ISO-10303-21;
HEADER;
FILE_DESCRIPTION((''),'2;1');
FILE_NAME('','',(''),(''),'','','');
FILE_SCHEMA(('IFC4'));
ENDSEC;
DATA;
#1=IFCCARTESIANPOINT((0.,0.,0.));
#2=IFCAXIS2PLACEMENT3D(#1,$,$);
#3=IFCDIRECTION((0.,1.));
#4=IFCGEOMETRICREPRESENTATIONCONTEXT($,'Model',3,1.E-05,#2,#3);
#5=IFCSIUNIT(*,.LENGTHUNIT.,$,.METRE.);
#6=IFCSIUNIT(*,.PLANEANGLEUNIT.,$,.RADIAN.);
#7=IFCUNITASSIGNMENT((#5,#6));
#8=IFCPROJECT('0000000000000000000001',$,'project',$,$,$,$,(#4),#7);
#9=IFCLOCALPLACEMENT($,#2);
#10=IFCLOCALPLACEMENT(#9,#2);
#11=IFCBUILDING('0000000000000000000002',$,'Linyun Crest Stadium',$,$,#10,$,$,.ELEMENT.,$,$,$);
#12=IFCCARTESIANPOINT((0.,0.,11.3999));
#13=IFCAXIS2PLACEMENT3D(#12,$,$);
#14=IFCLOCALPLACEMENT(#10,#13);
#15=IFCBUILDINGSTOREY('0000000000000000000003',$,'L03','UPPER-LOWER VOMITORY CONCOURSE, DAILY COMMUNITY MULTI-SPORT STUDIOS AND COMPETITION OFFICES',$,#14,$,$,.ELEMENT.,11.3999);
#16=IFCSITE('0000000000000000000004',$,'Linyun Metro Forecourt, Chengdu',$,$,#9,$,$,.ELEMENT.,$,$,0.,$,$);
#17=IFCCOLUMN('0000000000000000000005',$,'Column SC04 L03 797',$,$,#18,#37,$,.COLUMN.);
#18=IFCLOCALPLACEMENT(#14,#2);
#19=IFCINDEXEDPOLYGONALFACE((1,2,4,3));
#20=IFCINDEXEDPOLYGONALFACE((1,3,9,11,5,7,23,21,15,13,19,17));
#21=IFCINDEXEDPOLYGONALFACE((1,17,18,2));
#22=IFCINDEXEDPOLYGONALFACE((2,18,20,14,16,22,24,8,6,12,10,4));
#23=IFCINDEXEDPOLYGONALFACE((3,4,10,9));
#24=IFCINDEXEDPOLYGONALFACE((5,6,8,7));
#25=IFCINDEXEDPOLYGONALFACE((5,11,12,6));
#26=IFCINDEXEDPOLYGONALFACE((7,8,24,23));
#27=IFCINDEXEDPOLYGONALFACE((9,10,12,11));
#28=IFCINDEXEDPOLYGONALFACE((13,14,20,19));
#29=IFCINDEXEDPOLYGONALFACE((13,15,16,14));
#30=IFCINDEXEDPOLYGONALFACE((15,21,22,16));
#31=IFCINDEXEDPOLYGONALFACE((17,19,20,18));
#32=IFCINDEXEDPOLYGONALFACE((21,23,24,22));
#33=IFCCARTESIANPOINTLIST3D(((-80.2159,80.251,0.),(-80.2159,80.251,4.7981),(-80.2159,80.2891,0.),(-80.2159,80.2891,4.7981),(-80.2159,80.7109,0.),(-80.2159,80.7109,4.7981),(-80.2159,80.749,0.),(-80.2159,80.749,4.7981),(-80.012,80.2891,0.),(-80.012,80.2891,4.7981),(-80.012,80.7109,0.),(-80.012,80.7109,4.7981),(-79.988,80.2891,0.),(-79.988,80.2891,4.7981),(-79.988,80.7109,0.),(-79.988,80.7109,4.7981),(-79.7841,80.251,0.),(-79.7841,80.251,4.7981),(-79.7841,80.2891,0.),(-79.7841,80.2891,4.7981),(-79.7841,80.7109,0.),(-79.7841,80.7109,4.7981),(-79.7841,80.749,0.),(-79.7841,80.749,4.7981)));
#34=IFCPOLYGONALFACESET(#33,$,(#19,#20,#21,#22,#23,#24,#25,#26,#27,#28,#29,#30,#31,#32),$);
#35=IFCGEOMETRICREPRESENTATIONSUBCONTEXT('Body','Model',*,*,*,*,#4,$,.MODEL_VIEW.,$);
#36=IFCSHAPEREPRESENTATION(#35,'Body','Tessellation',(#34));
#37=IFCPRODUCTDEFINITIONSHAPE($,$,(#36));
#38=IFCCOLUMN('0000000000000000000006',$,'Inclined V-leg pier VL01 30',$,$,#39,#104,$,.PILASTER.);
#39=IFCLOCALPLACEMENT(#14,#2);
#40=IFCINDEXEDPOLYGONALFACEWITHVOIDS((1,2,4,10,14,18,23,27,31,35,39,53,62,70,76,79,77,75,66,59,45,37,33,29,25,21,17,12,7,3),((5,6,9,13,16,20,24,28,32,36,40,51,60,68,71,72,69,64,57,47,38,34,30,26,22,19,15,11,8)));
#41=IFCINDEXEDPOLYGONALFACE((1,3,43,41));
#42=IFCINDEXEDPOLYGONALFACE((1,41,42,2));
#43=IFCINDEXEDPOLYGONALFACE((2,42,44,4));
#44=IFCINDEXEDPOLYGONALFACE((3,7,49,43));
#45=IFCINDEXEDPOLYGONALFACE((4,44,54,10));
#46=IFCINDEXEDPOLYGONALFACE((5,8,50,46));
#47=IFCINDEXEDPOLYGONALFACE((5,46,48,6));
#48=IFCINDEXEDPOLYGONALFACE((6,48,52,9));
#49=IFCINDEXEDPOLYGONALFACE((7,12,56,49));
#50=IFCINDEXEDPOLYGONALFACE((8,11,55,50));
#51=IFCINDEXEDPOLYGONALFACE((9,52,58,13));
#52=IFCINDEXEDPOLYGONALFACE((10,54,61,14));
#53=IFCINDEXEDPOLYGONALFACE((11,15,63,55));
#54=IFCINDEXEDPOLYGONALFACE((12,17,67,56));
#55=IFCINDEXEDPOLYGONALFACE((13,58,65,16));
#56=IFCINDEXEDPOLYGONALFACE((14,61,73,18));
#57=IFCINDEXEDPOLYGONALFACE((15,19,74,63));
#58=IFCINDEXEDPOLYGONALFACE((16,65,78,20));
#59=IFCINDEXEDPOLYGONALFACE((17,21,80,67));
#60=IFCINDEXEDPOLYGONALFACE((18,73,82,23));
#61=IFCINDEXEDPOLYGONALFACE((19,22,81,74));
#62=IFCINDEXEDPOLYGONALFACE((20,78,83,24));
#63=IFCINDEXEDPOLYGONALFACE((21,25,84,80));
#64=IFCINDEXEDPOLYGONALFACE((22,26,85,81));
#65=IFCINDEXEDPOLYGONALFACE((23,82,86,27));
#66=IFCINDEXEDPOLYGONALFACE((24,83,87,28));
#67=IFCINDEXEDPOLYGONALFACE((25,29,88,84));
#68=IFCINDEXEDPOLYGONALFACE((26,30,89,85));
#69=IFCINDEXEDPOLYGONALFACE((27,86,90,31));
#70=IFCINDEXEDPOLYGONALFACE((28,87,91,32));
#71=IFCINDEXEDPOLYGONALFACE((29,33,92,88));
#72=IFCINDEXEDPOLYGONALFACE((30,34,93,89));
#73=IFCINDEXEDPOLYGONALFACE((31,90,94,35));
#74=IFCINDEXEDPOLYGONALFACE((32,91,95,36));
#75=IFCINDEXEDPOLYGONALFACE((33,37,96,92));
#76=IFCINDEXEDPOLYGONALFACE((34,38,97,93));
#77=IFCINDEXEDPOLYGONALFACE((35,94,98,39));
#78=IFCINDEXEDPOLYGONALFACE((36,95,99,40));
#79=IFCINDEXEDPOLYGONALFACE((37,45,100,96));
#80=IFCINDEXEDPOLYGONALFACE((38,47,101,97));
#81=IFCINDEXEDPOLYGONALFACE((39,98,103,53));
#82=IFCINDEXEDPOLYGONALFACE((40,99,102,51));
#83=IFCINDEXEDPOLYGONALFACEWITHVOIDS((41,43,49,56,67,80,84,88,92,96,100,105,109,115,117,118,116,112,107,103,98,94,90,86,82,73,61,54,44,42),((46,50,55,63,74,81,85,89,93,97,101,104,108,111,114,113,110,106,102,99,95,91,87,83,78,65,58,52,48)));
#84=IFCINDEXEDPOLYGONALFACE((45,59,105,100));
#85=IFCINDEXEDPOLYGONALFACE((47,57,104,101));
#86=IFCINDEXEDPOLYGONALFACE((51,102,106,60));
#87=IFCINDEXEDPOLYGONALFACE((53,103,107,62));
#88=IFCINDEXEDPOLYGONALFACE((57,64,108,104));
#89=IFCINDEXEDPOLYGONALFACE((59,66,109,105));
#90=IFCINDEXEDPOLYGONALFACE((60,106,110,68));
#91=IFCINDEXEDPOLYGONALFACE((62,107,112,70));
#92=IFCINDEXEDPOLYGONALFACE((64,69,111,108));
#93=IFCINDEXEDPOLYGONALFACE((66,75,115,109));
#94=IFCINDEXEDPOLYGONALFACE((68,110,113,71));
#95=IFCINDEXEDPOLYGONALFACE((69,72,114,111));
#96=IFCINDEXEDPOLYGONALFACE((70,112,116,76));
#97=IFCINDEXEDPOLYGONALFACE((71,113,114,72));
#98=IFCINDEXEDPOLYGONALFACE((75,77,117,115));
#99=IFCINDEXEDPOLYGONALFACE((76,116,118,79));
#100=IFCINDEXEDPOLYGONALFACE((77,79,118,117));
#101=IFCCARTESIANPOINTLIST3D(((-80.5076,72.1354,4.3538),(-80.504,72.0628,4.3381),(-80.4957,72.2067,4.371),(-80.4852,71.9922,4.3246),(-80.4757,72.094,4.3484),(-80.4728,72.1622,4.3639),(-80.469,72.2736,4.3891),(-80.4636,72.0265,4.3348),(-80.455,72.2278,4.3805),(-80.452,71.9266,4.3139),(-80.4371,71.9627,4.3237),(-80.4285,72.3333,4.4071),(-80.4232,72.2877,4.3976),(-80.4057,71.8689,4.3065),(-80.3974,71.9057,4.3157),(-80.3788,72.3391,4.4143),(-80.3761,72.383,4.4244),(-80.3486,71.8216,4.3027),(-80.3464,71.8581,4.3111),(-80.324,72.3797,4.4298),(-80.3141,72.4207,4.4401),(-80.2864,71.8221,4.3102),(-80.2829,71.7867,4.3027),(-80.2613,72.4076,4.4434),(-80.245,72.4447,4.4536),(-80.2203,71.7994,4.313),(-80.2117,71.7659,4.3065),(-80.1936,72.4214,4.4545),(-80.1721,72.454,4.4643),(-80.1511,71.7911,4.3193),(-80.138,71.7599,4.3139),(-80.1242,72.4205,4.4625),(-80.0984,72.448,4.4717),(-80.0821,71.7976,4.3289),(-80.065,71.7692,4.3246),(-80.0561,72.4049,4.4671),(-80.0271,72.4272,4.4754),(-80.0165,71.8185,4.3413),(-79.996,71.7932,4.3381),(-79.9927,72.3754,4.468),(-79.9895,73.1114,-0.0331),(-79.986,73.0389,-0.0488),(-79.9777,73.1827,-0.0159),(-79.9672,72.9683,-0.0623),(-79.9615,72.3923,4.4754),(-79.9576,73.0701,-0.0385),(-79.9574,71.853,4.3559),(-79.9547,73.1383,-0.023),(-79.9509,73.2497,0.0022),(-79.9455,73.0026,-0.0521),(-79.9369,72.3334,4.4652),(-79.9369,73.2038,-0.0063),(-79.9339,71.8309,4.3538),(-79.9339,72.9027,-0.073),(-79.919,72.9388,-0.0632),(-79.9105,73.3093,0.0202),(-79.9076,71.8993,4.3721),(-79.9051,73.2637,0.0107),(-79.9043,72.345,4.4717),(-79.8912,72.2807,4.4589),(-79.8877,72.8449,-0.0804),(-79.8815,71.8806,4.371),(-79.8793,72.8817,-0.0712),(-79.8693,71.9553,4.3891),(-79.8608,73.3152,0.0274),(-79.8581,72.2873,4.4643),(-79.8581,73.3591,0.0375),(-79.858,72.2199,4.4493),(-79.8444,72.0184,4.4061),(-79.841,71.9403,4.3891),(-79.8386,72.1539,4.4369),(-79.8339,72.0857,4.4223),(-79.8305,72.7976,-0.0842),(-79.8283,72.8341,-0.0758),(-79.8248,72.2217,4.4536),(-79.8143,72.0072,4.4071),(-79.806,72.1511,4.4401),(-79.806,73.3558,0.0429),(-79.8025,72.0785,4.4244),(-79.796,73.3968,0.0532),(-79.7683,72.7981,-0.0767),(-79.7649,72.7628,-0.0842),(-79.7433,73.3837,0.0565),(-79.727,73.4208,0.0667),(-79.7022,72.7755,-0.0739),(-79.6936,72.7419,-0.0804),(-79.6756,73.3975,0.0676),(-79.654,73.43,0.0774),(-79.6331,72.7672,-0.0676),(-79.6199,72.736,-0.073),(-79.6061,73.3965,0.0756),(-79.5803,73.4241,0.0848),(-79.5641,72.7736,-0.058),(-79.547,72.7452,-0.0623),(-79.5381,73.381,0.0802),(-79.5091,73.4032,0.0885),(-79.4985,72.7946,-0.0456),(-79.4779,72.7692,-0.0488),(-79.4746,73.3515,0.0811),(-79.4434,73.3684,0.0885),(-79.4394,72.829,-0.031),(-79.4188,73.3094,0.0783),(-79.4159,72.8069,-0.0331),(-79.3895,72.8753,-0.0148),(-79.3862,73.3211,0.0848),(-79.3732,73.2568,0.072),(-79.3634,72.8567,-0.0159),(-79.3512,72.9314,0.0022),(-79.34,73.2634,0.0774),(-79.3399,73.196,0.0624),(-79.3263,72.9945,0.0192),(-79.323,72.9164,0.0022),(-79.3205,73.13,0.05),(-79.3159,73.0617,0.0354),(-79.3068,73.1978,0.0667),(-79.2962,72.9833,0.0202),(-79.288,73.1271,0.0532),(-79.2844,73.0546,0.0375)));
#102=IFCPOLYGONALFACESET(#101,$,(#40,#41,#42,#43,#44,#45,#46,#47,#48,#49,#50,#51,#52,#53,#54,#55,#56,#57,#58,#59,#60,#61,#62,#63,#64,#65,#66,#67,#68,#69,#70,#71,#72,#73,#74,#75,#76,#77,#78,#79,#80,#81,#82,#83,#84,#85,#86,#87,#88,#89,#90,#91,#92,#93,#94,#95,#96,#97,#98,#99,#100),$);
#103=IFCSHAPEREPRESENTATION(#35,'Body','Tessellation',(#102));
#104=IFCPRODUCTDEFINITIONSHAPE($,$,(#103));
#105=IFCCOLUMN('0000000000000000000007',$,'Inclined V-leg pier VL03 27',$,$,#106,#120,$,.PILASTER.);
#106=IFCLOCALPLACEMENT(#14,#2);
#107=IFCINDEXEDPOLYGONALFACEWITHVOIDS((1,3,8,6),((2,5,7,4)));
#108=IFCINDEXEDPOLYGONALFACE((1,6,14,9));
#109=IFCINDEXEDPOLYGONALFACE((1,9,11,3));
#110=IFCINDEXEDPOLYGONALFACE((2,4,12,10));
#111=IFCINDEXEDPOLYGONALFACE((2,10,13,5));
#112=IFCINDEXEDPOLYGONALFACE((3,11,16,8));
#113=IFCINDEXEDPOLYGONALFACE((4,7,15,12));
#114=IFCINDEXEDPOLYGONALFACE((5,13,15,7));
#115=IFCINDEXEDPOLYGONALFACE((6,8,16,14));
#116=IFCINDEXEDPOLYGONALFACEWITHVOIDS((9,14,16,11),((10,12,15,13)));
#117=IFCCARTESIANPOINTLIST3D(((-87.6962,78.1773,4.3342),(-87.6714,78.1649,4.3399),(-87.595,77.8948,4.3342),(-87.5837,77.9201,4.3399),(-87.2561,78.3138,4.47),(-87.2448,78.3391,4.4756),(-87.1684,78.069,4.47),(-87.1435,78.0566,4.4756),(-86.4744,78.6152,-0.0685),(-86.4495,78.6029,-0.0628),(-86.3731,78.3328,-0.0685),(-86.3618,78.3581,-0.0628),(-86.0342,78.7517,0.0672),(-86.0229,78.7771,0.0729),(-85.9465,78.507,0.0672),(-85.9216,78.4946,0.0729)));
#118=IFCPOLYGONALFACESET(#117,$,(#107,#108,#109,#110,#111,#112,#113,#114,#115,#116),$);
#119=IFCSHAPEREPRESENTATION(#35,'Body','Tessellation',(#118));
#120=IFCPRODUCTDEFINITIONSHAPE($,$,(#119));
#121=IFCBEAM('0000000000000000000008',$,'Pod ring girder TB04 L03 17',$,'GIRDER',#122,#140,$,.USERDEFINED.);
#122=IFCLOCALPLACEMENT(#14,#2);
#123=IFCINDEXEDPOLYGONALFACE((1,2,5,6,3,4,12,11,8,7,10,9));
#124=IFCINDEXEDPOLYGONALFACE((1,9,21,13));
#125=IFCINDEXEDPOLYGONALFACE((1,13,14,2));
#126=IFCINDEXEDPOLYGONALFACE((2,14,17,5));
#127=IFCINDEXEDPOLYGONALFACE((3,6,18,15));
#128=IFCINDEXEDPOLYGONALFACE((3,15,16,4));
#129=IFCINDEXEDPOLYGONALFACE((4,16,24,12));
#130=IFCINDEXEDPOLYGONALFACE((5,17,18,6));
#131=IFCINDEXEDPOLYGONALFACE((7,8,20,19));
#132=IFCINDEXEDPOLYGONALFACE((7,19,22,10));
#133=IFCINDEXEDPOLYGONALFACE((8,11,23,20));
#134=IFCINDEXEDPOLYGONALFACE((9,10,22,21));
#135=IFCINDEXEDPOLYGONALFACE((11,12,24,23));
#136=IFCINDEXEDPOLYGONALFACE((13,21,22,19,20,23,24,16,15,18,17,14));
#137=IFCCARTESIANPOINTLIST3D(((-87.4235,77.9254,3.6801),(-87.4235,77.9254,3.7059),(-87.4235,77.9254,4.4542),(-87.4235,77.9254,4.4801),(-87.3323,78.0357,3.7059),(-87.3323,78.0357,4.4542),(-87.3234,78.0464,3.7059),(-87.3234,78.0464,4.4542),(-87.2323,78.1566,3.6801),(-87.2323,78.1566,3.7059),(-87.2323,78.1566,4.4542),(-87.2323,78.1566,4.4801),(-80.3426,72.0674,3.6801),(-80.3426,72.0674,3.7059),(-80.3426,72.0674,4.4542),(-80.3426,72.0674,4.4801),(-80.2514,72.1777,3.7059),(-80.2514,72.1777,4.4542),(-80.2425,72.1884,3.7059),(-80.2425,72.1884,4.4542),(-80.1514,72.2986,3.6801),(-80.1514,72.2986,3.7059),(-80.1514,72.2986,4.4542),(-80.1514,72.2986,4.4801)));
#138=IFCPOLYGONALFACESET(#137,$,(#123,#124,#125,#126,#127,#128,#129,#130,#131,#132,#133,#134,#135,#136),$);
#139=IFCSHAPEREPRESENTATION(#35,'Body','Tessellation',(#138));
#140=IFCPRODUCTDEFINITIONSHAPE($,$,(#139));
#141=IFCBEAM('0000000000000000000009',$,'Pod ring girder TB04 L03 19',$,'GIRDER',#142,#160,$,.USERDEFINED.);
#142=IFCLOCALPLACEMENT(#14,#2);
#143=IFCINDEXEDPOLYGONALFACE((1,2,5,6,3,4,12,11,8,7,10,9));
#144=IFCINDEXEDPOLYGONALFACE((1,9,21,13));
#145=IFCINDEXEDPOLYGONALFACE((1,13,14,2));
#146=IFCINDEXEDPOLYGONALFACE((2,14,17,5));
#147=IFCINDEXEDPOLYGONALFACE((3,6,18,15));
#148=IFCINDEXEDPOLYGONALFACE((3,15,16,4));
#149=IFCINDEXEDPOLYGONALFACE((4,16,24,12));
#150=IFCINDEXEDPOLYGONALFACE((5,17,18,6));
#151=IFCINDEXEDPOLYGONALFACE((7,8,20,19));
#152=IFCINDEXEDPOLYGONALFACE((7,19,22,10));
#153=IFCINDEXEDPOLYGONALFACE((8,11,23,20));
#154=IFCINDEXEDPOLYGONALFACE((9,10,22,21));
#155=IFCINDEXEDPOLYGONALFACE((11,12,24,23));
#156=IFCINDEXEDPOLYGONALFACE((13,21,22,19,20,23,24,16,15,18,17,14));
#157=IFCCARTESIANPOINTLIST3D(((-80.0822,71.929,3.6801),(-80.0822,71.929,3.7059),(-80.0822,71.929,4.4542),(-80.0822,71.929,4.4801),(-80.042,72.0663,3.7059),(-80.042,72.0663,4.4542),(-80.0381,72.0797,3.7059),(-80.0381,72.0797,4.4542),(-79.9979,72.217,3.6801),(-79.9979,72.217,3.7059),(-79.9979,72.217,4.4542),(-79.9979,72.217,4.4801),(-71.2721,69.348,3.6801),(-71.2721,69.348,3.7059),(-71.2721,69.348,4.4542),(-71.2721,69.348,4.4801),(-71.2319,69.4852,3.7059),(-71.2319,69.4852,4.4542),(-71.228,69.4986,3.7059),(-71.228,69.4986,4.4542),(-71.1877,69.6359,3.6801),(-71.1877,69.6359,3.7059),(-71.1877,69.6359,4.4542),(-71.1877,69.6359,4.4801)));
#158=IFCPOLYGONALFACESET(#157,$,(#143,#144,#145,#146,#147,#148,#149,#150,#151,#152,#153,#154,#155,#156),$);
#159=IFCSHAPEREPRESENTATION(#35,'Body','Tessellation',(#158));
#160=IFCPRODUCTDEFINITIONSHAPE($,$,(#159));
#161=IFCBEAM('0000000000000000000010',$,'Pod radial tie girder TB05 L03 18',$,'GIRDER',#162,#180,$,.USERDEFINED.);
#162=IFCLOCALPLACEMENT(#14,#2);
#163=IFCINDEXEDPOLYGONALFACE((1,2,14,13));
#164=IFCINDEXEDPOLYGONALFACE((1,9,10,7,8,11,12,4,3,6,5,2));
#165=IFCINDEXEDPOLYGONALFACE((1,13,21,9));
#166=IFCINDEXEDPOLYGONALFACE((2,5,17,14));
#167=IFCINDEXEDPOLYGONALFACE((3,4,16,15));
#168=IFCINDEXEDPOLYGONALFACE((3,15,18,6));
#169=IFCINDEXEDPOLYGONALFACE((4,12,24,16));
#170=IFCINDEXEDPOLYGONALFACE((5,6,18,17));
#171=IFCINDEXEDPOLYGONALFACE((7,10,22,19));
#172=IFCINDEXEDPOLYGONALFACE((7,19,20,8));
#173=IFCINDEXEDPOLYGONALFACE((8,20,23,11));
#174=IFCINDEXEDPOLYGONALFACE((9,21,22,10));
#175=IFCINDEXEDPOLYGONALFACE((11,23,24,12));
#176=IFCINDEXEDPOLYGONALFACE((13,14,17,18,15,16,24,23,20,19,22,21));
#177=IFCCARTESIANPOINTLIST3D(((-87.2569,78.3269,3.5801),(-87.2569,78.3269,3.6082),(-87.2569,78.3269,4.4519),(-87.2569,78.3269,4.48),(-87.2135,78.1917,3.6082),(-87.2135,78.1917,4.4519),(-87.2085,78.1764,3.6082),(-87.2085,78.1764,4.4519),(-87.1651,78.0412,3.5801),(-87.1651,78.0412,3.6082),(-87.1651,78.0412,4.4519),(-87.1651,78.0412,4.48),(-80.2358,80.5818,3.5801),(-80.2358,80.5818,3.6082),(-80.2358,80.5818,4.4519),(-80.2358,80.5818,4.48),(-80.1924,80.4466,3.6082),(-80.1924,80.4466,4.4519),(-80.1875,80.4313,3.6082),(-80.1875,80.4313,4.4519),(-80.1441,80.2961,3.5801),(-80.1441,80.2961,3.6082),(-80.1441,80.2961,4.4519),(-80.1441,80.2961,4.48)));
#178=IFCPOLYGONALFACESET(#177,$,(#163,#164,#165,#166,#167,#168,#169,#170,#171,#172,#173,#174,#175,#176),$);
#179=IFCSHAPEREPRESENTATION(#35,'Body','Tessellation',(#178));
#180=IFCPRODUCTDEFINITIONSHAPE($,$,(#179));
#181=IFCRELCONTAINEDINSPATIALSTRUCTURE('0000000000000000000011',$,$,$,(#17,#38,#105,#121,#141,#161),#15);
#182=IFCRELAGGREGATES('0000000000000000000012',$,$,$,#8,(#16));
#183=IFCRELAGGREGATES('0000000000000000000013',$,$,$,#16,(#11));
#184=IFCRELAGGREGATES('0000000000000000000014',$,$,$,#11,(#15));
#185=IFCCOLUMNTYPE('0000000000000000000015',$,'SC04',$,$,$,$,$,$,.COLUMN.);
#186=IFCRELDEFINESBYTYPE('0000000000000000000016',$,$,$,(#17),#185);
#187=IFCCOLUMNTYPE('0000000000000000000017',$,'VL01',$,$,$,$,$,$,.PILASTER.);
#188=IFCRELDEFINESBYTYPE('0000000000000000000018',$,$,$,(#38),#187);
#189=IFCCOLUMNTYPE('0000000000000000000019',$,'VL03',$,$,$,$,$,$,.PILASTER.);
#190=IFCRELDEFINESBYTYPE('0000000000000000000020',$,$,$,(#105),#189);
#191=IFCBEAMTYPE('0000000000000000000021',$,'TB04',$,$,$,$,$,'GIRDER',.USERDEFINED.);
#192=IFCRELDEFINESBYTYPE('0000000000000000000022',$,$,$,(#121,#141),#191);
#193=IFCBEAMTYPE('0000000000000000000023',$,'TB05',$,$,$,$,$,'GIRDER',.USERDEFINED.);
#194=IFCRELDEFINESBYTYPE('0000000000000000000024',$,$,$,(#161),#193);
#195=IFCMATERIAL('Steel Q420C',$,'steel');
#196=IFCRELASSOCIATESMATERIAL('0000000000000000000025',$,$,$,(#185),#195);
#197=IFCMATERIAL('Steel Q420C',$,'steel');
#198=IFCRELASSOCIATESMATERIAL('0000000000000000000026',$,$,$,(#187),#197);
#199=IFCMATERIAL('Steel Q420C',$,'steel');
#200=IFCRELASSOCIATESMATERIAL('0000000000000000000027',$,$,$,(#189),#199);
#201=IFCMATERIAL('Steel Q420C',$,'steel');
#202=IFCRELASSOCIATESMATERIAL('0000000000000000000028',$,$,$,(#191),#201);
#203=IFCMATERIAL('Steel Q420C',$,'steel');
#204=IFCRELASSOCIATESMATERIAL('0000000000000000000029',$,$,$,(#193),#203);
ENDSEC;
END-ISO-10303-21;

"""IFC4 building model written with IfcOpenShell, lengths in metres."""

from ifc_helpers import new_model, si_unit, direction, frame, origin, origin_2d, place, context, subcontext, project, spatial, hollow_rectangle, hollow_circle, i_section, extrude, material, material_profile, profile_set, type_object, element, save


model = new_model("IFC4")

# Units and contexts
model_context = context("Model", 3, precision=1e-05, world=origin(), true_north=direction((0.0, 1.0)))
body_context = subcontext(model_context, "Body", "Model", "MODEL_VIEW")
ifc_project = project(units=[si_unit("LENGTHUNIT", "METRE"), si_unit("PLANEANGLEUNIT", "RADIAN")], contexts=[model_context])

# Site, building, storey
site_placement = place(None, origin())
site = spatial("IfcSite", under=ifc_project, at=site_placement, Name="Linyun Metro Forecourt, Chengdu", CompositionType="ELEMENT", RefElevation=0.0)
building_placement = place(site_placement, origin())
building = spatial("IfcBuilding", under=site, at=building_placement, Name="Linyun Crest Stadium", CompositionType="ELEMENT")
storey_placement = place(building_placement, frame((0.0, 0.0, 11.3999)))
storey = spatial("IfcBuildingStorey", under=building, at=storey_placement, Name="L03", Description="UPPER-LOWER VOMITORY CONCOURSE, DAILY COMMUNITY MULTI-SPORT STUDIOS AND COMPETITION OFFICES", CompositionType="ELEMENT", Elevation=11.3999)

# Columns
ifc_material_1 = material(Name="Steel Q420C", Category="steel")
ifc_material_profile_1 = material_profile(ifc_material_1, i_section(OverallWidth=0.4319, OverallDepth=0.498, WebThickness=0.0239, FlangeThickness=0.0381, at=origin_2d()), Name="HW 498x432")
ifc_profile_set_1 = profile_set([ifc_material_profile_1], Name="Steel Q420C")
column_type_1 = type_object("IfcColumnType", Name="SC04", PredefinedType="COLUMN", material=ifc_profile_set_1)
column_1_placement = place(storey_placement, frame((-80.0, 80.5, 0.0), z_axis=(0.0, 0.0, 1.0), x_axis=(1.0, 0.0, 0.0)))
element("IfcColumn", 1, at=column_1_placement, inside=storey, type_object=column_type_1, Name="Column SC04 L03 797", PredefinedType="COLUMN", context=body_context, shape_type="SweptSolid", body=[
    extrude(i_section(OverallWidth=0.4319, OverallDepth=0.498, WebThickness=0.0239, FlangeThickness=0.0381, at=origin_2d()), origin(), (0.0, 0.0, 1.0), 4.7981),
])
ifc_material_2 = material(Name="Steel Q420C", Category="steel")
ifc_material_profile_2 = material_profile(ifc_material_2, hollow_circle(Radius=0.3555, WallThickness=0.032, at=origin_2d()), Name="CHS 711x32")
ifc_profile_set_2 = profile_set([ifc_material_profile_2], Name="Steel Q420C")
column_type_2 = type_object("IfcColumnType", Name="VL01", PredefinedType="PILASTER", material=ifc_profile_set_2)
column_2_placement = place(storey_placement, frame((-79.637, 73.083, 0.0022), z_axis=(-0.114515, -0.215755, 0.969709), x_axis=(0.883293, -0.468821, 0.0)))
element("IfcColumn", 2, at=column_2_placement, inside=storey, type_object=column_type_2, Name="Inclined V-leg pier VL01 30", PredefinedType="PILASTER", context=body_context, shape_type="SweptSolid", body=[
    extrude(hollow_circle(Radius=0.3555, WallThickness=0.032, at=origin_2d()), origin(), (0.0, 0.0, 1.0), 4.5239),
])
ifc_material_3 = material(Name="Steel Q420C", Category="steel")
ifc_material_profile_3 = material_profile(ifc_material_3, hollow_rectangle(XDim=0.3, YDim=0.5, WallThickness=0.02, at=origin_2d()), Name="RHS 500x300x20")
ifc_profile_set_3 = profile_set([ifc_material_profile_3], Name="Steel Q420C")
column_type_3 = type_object("IfcColumnType", Name="VL03", PredefinedType="PILASTER", material=ifc_profile_set_3)
column_3_placement = place(storey_placement, frame((-86.198, 78.5549, 0.0022), z_axis=(-0.266203, -0.095418, 0.959183), x_axis=(0.33742, -0.941354, 0.0)))
element("IfcColumn", 3, at=column_3_placement, inside=storey, type_object=column_type_3, Name="Inclined V-leg pier VL03 27", PredefinedType="PILASTER", context=body_context, shape_type="SweptSolid", body=[
    extrude(hollow_rectangle(XDim=0.3, YDim=0.5, WallThickness=0.02, at=origin_2d()), origin(), (0.0, 0.0, 1.0), 4.5901),
])

# Beams
ifc_material_4 = material(Name="Steel Q420C", Category="steel")
ifc_material_profile_4 = material_profile(ifc_material_4, i_section(OverallWidth=0.3, OverallDepth=0.8, WebThickness=0.0139, FlangeThickness=0.0259, at=origin_2d()), Name="HN 800x300")
ifc_profile_set_4 = profile_set([ifc_material_profile_4], Name="Steel Q420C")
beam_type_1 = type_object("IfcBeamType", Name="TB04", ElementType="GIRDER", PredefinedType="USERDEFINED", material=ifc_profile_set_4)
beam_1_placement = place(storey_placement, frame((-87.3279, 78.041, 4.0801), z_axis=(0.770505, -0.637434, 0.0), x_axis=(0.637434, 0.770505, 0.0)))
element("IfcBeam", 4, at=beam_1_placement, inside=storey, type_object=beam_type_1, Name="Pod ring girder TB04 L03 17", ObjectType="GIRDER", PredefinedType="USERDEFINED", context=body_context, shape_type="SweptSolid", body=[
    extrude(i_section(OverallWidth=0.3, OverallDepth=0.8, WebThickness=0.0139, FlangeThickness=0.0259, at=origin_2d()), origin(), (0.0, 0.0, 1.0), 9.1899),
])
beam_2_placement = place(storey_placement, frame((-80.04, 72.073, 4.0801), z_axis=(0.959664, -0.28115, 0.0), x_axis=(0.28115, 0.959664, 0.0)))
element("IfcBeam", 5, at=beam_2_placement, inside=storey, type_object=beam_type_1, Name="Pod ring girder TB04 L03 19", ObjectType="GIRDER", PredefinedType="USERDEFINED", context=body_context, shape_type="SweptSolid", body=[
    extrude(i_section(OverallWidth=0.3, OverallDepth=0.8, WebThickness=0.0139, FlangeThickness=0.0259, at=origin_2d()), origin(), (0.0, 0.0, 1.0), 9.1804),
])
ifc_material_5 = material(Name="Steel Q420C", Category="steel")
ifc_material_profile_5 = material_profile(ifc_material_5, i_section(OverallWidth=0.3, OverallDepth=0.8999, WebThickness=0.0161, FlangeThickness=0.0281, at=origin_2d()), Name="HN 900x300")
ifc_profile_set_5 = profile_set([ifc_material_profile_5], Name="Steel Q420C")
beam_type_2 = type_object("IfcBeamType", Name="TB05", ElementType="GIRDER", PredefinedType="USERDEFINED", material=ifc_profile_set_5)
beam_3_placement = place(storey_placement, frame((-80.1899, 80.439, 4.03), z_axis=(-0.952102, -0.30578, 0.0), x_axis=(0.30578, -0.952102, 0.0)))
element("IfcBeam", 6, at=beam_3_placement, inside=storey, type_object=beam_type_2, Name="Pod radial tie girder TB05 L03 18", ObjectType="GIRDER", PredefinedType="USERDEFINED", context=body_context, shape_type="SweptSolid", body=[
    extrude(i_section(OverallWidth=0.3, OverallDepth=0.8999, WebThickness=0.0161, FlangeThickness=0.0281, at=origin_2d()), origin(), (0.0, 0.0, 1.0), 7.3743),
])

save(model, "model.ifc")
